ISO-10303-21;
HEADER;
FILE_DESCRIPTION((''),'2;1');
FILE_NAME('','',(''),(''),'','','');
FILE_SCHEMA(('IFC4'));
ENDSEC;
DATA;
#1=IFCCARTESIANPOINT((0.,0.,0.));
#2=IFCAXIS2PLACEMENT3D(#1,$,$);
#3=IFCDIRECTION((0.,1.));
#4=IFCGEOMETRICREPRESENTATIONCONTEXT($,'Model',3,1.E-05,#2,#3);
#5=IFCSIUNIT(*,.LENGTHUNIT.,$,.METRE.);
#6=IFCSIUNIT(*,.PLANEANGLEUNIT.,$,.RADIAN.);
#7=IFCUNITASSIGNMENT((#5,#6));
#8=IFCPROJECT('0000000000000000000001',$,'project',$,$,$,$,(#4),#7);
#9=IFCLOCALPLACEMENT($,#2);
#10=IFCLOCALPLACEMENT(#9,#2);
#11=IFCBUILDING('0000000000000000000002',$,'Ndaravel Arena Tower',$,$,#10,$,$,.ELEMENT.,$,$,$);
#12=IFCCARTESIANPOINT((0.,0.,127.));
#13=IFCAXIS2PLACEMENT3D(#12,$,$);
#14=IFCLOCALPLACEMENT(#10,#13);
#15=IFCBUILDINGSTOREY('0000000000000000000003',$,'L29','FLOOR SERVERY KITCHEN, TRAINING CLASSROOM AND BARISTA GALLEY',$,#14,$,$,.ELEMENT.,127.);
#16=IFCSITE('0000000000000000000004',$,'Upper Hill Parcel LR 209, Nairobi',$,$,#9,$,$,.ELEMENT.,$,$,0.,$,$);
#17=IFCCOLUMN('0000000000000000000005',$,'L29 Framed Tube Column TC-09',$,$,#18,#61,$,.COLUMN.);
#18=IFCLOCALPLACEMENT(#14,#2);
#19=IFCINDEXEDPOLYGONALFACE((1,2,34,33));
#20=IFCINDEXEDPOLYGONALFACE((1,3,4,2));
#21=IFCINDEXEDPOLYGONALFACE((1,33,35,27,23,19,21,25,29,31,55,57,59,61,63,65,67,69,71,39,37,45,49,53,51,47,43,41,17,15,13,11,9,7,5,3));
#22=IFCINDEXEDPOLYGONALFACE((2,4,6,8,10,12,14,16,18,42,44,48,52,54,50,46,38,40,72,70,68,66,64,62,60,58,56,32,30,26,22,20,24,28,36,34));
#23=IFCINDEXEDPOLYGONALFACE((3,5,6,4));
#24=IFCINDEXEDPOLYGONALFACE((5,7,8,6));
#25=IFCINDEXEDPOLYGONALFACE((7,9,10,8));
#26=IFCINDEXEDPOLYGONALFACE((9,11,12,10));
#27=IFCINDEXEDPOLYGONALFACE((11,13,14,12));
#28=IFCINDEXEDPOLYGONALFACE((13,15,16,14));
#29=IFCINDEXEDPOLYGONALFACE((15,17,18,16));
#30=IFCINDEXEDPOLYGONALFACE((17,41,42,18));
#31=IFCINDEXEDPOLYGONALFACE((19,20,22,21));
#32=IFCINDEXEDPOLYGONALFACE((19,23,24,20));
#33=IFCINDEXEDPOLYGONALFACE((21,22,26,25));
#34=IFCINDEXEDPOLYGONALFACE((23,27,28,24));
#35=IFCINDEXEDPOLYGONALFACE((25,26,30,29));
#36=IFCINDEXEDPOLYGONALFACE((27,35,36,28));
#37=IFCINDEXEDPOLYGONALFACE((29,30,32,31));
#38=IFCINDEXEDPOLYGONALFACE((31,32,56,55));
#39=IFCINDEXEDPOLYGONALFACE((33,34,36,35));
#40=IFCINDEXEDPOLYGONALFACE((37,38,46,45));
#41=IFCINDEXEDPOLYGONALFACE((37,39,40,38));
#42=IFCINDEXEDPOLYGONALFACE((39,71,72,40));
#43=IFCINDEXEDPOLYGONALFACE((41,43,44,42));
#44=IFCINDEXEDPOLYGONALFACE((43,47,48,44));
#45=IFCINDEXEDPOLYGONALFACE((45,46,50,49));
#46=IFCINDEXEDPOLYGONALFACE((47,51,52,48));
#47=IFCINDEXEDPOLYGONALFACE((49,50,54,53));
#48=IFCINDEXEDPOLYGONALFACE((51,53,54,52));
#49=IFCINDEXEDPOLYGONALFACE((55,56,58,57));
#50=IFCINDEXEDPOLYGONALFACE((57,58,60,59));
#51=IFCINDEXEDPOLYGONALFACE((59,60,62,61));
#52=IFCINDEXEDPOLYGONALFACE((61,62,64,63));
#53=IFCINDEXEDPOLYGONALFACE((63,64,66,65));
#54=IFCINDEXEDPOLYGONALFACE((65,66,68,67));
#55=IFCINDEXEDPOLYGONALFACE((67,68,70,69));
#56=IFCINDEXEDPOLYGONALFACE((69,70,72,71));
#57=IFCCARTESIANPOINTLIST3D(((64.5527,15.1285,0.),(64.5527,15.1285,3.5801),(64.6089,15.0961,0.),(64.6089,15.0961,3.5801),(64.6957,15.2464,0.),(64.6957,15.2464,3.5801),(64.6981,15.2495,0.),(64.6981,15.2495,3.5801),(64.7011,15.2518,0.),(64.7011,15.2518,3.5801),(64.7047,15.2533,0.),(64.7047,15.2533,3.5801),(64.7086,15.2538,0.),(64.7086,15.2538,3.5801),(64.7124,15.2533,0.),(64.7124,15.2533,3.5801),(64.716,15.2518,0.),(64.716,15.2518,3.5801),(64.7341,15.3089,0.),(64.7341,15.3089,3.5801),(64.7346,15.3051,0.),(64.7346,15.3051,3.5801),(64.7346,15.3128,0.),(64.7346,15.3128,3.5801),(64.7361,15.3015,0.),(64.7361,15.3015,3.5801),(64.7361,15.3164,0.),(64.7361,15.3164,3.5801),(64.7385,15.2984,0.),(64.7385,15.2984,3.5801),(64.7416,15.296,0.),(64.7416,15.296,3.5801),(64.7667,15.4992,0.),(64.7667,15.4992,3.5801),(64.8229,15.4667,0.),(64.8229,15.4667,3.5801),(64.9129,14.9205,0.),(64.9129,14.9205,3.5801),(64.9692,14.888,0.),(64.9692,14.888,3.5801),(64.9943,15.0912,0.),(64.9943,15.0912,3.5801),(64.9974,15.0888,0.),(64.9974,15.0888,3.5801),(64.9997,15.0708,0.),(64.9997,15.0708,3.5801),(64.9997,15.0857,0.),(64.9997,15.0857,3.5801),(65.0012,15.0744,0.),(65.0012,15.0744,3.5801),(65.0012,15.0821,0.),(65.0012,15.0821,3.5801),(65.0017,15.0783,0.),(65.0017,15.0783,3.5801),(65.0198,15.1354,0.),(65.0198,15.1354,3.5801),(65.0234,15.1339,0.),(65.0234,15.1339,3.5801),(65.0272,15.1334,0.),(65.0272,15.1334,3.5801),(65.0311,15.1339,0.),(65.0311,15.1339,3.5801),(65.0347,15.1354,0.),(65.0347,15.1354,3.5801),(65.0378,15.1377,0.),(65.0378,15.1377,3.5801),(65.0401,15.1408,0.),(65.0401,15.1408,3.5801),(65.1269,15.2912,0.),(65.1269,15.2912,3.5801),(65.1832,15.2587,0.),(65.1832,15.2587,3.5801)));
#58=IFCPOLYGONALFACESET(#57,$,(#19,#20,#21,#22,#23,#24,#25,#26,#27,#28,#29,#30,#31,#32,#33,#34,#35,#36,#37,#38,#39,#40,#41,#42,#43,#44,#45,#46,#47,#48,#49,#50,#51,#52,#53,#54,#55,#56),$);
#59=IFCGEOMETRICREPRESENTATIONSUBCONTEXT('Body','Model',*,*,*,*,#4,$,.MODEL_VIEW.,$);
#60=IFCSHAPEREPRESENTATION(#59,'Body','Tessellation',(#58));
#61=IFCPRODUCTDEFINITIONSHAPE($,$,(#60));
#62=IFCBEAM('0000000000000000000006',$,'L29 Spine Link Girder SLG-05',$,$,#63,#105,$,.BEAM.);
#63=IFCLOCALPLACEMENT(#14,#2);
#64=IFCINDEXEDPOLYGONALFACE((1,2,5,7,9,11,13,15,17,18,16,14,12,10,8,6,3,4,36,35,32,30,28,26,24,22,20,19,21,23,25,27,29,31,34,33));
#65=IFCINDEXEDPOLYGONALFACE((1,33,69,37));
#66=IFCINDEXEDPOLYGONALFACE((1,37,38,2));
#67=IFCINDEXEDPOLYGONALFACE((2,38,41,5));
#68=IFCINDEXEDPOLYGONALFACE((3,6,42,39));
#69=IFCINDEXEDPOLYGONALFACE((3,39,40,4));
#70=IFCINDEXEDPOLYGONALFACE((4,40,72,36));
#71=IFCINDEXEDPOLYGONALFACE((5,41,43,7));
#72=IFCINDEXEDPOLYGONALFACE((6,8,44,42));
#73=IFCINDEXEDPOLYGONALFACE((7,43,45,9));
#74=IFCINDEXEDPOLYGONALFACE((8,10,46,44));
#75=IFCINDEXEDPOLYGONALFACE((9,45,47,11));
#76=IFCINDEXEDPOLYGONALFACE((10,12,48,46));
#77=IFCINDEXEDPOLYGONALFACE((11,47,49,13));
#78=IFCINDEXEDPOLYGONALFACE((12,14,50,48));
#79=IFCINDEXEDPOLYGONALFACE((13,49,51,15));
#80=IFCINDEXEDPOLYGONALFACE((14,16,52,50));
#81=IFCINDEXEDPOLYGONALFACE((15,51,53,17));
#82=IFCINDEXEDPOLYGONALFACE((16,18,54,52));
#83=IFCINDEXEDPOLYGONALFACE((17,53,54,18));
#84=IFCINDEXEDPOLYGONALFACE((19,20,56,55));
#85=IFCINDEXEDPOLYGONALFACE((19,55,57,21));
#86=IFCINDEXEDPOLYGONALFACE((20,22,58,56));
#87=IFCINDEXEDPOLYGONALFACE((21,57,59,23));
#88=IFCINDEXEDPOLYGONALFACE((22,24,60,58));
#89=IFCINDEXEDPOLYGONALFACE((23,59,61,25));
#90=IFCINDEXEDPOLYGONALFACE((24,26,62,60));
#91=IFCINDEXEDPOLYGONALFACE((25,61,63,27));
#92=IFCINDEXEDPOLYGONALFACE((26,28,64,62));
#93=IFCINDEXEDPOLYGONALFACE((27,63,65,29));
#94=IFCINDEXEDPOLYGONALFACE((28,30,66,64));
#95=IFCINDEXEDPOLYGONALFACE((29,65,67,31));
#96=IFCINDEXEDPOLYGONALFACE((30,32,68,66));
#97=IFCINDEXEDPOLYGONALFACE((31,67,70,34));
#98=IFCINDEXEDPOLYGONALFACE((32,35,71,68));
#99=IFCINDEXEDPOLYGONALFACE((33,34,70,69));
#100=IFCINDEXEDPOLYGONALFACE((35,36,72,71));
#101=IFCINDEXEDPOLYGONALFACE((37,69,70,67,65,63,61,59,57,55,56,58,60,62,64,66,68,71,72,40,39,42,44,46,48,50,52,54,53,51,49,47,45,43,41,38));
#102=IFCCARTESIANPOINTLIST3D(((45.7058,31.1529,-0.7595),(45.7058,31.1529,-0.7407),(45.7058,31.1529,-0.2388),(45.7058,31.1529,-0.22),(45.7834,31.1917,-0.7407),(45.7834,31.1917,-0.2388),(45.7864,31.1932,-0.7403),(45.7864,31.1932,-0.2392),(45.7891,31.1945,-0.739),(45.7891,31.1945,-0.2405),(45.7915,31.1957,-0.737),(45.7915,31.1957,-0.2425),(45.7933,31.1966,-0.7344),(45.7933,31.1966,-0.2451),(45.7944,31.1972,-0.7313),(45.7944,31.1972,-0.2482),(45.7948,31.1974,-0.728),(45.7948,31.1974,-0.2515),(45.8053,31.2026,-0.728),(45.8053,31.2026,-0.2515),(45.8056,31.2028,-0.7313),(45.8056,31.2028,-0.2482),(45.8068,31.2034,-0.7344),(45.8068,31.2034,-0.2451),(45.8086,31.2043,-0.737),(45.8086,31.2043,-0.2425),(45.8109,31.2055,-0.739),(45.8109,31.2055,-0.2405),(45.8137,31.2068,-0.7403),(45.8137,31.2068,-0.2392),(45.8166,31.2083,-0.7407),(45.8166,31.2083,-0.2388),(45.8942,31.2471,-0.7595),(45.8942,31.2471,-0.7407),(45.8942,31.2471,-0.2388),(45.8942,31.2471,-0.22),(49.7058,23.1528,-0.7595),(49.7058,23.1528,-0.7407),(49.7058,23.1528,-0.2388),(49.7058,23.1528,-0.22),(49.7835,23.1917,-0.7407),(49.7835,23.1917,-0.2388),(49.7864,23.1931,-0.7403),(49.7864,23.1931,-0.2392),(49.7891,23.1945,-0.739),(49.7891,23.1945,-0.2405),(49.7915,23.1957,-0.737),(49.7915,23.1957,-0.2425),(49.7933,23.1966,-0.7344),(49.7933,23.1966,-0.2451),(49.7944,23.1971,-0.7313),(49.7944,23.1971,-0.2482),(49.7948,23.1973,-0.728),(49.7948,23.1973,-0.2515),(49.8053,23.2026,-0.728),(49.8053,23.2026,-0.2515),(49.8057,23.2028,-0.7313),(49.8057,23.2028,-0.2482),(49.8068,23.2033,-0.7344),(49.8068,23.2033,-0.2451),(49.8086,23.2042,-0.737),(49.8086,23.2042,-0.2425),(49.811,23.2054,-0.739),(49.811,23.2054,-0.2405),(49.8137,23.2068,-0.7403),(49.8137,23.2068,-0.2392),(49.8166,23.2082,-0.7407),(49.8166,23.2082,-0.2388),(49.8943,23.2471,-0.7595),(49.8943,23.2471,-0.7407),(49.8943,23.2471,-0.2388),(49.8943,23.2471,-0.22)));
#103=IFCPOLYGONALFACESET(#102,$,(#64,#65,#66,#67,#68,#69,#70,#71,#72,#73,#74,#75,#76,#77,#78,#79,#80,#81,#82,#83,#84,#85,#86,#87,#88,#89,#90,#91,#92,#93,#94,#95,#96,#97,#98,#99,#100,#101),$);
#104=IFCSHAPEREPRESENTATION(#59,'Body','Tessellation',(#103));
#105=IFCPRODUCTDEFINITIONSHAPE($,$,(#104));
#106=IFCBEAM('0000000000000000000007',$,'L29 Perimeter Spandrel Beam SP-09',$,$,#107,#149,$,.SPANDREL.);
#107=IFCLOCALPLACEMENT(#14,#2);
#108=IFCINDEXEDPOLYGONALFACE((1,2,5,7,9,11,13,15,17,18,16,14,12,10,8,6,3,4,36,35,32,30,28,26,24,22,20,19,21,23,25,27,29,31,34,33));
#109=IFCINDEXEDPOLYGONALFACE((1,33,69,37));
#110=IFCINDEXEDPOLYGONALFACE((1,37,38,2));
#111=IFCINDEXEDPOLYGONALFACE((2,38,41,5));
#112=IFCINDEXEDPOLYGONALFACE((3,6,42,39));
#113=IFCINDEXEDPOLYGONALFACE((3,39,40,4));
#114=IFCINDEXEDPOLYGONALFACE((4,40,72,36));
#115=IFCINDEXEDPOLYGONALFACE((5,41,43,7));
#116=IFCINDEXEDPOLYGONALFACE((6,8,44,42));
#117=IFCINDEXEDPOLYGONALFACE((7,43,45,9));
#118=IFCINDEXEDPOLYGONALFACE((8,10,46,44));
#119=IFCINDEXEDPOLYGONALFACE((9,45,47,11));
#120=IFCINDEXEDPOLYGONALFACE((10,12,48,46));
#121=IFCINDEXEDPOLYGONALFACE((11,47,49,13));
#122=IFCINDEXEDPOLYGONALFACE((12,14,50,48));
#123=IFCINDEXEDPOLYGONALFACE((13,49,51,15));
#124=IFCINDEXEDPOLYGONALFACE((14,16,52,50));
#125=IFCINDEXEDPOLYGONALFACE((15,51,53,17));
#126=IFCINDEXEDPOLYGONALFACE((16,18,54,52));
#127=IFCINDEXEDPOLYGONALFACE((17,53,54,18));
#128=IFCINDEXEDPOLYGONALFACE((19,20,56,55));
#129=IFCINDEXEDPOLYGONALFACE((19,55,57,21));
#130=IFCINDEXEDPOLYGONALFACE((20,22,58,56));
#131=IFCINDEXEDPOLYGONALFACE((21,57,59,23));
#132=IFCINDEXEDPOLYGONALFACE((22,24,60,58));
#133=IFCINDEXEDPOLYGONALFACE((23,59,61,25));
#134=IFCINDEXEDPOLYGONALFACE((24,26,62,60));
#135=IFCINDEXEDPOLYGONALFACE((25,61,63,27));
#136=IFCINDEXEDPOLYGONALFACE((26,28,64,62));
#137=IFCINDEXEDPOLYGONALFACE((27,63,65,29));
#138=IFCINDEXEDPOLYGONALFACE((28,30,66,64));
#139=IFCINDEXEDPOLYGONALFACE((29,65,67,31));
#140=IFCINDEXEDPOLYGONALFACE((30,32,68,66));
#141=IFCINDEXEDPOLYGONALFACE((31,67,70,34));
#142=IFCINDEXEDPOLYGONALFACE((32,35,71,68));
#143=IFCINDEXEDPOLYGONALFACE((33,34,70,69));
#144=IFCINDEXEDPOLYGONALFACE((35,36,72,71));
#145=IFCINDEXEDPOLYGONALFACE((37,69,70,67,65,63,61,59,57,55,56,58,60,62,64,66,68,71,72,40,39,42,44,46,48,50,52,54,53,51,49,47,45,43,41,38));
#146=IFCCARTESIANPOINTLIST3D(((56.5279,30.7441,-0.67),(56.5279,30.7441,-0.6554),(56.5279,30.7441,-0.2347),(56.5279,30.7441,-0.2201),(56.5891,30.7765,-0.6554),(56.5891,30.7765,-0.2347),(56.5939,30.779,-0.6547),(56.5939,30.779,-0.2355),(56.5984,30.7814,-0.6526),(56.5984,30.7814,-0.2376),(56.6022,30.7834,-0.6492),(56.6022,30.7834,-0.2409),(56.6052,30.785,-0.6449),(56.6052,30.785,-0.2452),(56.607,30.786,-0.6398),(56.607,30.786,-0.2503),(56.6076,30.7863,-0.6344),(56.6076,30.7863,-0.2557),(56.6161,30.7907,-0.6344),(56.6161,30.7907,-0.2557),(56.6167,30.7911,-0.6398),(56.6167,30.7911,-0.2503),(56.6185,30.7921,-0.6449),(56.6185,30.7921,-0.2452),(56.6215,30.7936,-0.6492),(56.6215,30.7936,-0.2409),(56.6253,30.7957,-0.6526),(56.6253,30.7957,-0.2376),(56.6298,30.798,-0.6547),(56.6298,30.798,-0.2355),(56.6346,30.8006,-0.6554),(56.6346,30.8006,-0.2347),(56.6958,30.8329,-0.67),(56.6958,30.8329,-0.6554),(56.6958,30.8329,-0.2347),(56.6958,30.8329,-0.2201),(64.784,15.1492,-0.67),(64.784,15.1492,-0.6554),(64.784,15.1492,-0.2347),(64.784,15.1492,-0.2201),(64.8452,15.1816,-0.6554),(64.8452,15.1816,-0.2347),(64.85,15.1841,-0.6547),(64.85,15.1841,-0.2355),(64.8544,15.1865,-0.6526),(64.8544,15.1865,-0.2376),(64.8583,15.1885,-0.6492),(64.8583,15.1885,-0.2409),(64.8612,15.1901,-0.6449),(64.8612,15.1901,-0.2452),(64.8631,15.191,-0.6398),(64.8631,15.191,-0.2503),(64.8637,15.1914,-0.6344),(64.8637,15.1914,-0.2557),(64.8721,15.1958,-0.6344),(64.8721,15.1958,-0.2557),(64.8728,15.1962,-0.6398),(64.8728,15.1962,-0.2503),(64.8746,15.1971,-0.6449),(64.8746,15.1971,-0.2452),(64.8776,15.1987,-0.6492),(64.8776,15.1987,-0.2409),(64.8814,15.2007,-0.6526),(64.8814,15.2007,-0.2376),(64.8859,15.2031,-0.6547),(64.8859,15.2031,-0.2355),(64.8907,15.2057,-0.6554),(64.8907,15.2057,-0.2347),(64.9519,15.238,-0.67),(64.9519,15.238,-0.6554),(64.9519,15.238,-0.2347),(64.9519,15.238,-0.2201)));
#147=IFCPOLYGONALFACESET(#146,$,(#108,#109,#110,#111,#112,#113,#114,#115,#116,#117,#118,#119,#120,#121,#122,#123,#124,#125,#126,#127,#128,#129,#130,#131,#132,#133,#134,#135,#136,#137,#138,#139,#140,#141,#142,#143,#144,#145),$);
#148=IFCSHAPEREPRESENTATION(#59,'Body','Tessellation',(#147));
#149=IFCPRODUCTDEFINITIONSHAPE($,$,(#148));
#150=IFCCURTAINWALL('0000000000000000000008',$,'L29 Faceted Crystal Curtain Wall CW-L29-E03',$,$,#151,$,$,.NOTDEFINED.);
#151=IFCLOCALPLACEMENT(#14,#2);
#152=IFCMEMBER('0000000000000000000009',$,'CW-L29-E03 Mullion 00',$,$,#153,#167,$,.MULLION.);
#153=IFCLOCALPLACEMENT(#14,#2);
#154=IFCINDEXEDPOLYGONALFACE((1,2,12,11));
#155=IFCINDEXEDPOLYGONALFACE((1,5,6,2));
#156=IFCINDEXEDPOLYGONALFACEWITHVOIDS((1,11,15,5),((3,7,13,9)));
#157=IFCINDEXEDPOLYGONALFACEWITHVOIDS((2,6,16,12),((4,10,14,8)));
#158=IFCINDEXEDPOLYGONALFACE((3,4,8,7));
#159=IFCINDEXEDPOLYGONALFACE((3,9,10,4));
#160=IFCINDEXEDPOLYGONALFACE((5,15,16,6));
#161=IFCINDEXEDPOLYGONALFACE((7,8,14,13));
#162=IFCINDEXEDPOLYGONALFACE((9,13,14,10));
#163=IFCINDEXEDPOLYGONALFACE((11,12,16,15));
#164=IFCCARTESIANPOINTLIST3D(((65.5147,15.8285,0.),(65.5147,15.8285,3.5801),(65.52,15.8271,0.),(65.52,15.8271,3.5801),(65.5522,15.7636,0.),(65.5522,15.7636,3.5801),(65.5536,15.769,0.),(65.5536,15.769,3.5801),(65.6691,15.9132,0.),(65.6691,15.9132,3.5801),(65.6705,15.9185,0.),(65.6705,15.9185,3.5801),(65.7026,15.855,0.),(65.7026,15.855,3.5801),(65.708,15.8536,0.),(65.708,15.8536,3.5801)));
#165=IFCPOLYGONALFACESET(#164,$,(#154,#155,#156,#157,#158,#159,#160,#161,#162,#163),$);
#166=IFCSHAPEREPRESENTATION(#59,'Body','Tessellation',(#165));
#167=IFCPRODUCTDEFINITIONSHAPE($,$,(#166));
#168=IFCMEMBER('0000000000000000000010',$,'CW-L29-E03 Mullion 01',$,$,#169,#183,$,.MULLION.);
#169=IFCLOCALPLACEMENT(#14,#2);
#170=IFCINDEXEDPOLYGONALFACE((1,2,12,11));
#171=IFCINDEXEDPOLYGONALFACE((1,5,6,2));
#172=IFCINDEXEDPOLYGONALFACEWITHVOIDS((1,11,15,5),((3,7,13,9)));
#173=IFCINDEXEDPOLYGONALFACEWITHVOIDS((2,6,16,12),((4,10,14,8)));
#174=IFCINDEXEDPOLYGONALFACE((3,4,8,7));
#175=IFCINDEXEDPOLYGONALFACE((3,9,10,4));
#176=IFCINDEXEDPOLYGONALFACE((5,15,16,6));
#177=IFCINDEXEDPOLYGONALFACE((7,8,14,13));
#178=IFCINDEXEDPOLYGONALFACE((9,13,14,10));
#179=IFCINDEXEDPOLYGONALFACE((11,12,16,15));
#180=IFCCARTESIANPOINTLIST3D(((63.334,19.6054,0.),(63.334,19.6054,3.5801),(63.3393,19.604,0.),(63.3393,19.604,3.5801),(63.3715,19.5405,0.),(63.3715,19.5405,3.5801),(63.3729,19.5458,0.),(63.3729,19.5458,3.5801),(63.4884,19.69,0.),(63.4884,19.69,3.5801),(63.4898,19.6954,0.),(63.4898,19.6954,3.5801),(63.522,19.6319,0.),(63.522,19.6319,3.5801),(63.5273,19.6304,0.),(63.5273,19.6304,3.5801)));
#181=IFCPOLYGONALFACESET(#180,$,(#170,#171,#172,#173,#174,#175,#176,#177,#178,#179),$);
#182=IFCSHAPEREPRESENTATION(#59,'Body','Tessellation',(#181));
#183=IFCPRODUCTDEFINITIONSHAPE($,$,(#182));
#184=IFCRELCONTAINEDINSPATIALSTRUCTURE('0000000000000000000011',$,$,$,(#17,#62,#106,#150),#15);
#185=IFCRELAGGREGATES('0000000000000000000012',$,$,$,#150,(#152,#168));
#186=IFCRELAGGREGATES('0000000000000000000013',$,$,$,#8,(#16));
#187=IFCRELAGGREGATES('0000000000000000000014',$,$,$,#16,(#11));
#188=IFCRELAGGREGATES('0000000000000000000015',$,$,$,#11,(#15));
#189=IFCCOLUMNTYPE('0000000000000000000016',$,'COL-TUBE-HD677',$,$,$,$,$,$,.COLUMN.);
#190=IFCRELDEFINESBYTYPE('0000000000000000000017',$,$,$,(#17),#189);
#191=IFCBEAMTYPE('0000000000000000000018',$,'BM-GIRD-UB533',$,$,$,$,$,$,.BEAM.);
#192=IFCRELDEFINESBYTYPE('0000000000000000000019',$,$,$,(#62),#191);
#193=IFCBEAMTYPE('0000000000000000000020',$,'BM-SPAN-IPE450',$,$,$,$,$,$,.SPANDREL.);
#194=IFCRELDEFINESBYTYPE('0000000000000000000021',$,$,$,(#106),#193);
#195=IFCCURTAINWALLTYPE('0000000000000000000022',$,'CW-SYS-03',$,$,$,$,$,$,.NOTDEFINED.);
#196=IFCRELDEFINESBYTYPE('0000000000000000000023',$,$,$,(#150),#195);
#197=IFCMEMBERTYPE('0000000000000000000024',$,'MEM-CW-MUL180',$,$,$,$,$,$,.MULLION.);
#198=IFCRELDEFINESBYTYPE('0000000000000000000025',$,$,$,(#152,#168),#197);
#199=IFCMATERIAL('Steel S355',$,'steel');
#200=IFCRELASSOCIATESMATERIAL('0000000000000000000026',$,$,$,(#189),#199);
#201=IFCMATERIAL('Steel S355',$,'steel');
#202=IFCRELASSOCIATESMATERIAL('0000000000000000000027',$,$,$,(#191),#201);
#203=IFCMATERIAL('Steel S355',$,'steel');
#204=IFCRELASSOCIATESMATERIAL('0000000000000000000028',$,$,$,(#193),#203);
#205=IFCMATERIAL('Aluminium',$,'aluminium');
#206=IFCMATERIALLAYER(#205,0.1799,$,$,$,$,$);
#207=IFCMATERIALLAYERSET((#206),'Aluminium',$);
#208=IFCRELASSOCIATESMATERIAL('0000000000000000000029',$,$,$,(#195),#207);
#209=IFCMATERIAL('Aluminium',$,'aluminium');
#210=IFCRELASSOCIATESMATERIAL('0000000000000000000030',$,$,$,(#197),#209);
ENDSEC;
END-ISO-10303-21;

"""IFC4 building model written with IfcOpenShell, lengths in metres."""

from ifc_helpers import new_model, si_unit, direction, frame, origin, origin_2d, place, context, subcontext, project, spatial, hollow_rectangle, i_section, extrude, material, layer, layer_set, material_profile, profile_set, type_object, element, aggregate, save


model = new_model("IFC4")

# Units and contexts
model_context = context("Model", 3, precision=1e-05, world=origin(), true_north=direction((0.0, 1.0)))
body_context = subcontext(model_context, "Body", "Model", "MODEL_VIEW")
ifc_project = project(units=[si_unit("LENGTHUNIT", "METRE"), si_unit("PLANEANGLEUNIT", "RADIAN")], contexts=[model_context])

# Site, building, storey
site_placement = place(None, origin())
site = spatial("IfcSite", under=ifc_project, at=site_placement, Name="Upper Hill Parcel LR 209, Nairobi", CompositionType="ELEMENT", RefElevation=0.0)
building_placement = place(site_placement, origin())
building = spatial("IfcBuilding", under=site, at=building_placement, Name="Ndaravel Arena Tower", CompositionType="ELEMENT")
storey_placement = place(building_placement, frame((0.0, 0.0, 127.0)))
storey = spatial("IfcBuildingStorey", under=building, at=storey_placement, Name="L29", Description="FLOOR SERVERY KITCHEN, TRAINING CLASSROOM AND BARISTA GALLEY", CompositionType="ELEMENT", Elevation=127.0)

# Column
ifc_material_1 = material(Name="Steel S355", Category="steel")
ifc_material_profile_1 = material_profile(ifc_material_1, i_section(OverallWidth=0.428, OverallDepth=0.481, WebThickness=0.051, FlangeThickness=0.0649, FilletRadius=0.0149, at=origin_2d()), Name="HD 400x677")
ifc_profile_set_1 = profile_set([ifc_material_profile_1], Name="Steel S355")
column_type = type_object("IfcColumnType", Name="COL-TUBE-HD677", PredefinedType="COLUMN", material=ifc_profile_set_1)
column_placement = place(storey_placement, frame((64.8679, 15.1936, 0.0), z_axis=(0.0, 0.0, 1.0), x_axis=(0.5, 0.866025, 0.0)))
element("IfcColumn", 1, at=column_placement, inside=storey, type_object=column_type, Name="L29 Framed Tube Column TC-09", PredefinedType="COLUMN", context=body_context, shape_type="SweptSolid", body=[
    extrude(i_section(OverallWidth=0.428, OverallDepth=0.481, WebThickness=0.051, FlangeThickness=0.0649, FilletRadius=0.0149, at=origin_2d()), origin(), (0.0, 0.0, 1.0), 3.5801),
])

# Beams
ifc_material_2 = material(Name="Steel S355", Category="steel")
ifc_material_profile_2 = material_profile(ifc_material_2, i_section(OverallWidth=0.2107, OverallDepth=0.5396, WebThickness=0.0117, FlangeThickness=0.0188, FilletRadius=0.0127, at=origin_2d()), Name="UB 533x210x109")
ifc_profile_set_2 = profile_set([ifc_material_profile_2], Name="Steel S355")
beam_type_1 = type_object("IfcBeamType", Name="BM-GIRD-UB533", PredefinedType="BEAM", material=ifc_profile_set_2)
beam_1_placement = place(storey_placement, frame((49.8, 23.2, -0.4897), z_axis=(-0.447214, 0.894427, 0.0), x_axis=(-0.894427, -0.447214, 0.0)))
element("IfcBeam", 2, at=beam_1_placement, inside=storey, type_object=beam_type_1, Name="L29 Spine Link Girder SLG-05", PredefinedType="BEAM", context=body_context, shape_type="SweptSolid", body=[
    extrude(i_section(OverallWidth=0.2107, OverallDepth=0.5396, WebThickness=0.0117, FlangeThickness=0.0188, FilletRadius=0.0127, at=origin_2d()), origin(), (0.0, 0.0, 1.0), 8.9443),
])
ifc_material_3 = material(Name="Steel S355", Category="steel")
ifc_material_profile_3 = material_profile(ifc_material_3, i_section(OverallWidth=0.1899, OverallDepth=0.45, WebThickness=0.0095, FlangeThickness=0.0146, FilletRadius=0.021, at=origin_2d()), Name="IPE 450")
ifc_profile_set_3 = profile_set([ifc_material_profile_3], Name="Steel S355")
beam_type_2 = type_object("IfcBeamType", Name="BM-SPAN-IPE450", PredefinedType="SPANDREL", material=ifc_profile_set_3)
beam_2_placement = place(storey_placement, frame((64.8679, 15.1936, -0.4451), z_axis=(-0.467885, 0.883789, 0.0), x_axis=(-0.883789, -0.467885, 0.0)))
element("IfcBeam", 3, at=beam_2_placement, inside=storey, type_object=beam_type_2, Name="L29 Perimeter Spandrel Beam SP-09", PredefinedType="SPANDREL", context=body_context, shape_type="SweptSolid", body=[
    extrude(i_section(OverallWidth=0.1899, OverallDepth=0.45, WebThickness=0.0095, FlangeThickness=0.0146, FilletRadius=0.021, at=origin_2d()), origin(), (0.0, 0.0, 1.0), 17.6455),
])

# Curtain wall, members
ifc_material_4 = material(Name="Aluminium", Category="aluminium")
ifc_layer_1 = layer(ifc_material_4, 0.1799)
ifc_layer_set_1 = layer_set([ifc_layer_1], Name="Aluminium")
curtain_wall_type = type_object("IfcCurtainWallType", Name="CW-SYS-03", PredefinedType="NOTDEFINED", material=ifc_layer_set_1)
curtain_wall_placement = place(storey_placement, origin())
curtain_wall = element("IfcCurtainWall", 4, at=curtain_wall_placement, inside=storey, type_object=curtain_wall_type, Name="L29 Faceted Crystal Curtain Wall CW-L29-E03", PredefinedType="NOTDEFINED")
ifc_material_5 = material(Name="Aluminium", Category="aluminium")
ifc_material_profile_4 = material_profile(ifc_material_5, hollow_rectangle(XDim=0.075, YDim=0.1799, WallThickness=0.0039, at=origin_2d()), Name="CW MULLION 75x180x4")
ifc_profile_set_4 = profile_set([ifc_material_profile_4], Name="Aluminium")
member_type_1 = type_object("IfcMemberType", Name="MEM-CW-MUL180", PredefinedType="MULLION", material=ifc_profile_set_4)
member_1_placement = place(storey_placement, frame((65.6113, 15.8411, 0.0), z_axis=(0.0, 0.0, 1.0), x_axis=(-0.5, 0.866025, 0.0)))
member_1 = element("IfcMember", 5, at=member_1_placement, type_object=member_type_1, Name="CW-L29-E03 Mullion 00", PredefinedType="MULLION", context=body_context, shape_type="SweptSolid", body=[
    extrude(hollow_rectangle(XDim=0.075, YDim=0.1799, WallThickness=0.0039, at=origin_2d()), origin(), (0.0, 0.0, 1.0), 3.5801),
])
member_2_placement = place(storey_placement, frame((63.4307, 19.6179, 0.0), z_axis=(0.0, 0.0, 1.0), x_axis=(-0.5, 0.866025, 0.0)))
member_2 = element("IfcMember", 6, at=member_2_placement, type_object=member_type_1, Name="CW-L29-E03 Mullion 01", PredefinedType="MULLION", context=body_context, shape_type="SweptSolid", body=[
    extrude(hollow_rectangle(XDim=0.075, YDim=0.1799, WallThickness=0.0039, at=origin_2d()), origin(), (0.0, 0.0, 1.0), 3.5801),
])
aggregate(curtain_wall, [member_1, member_2])

save(model, "model.ifc")
